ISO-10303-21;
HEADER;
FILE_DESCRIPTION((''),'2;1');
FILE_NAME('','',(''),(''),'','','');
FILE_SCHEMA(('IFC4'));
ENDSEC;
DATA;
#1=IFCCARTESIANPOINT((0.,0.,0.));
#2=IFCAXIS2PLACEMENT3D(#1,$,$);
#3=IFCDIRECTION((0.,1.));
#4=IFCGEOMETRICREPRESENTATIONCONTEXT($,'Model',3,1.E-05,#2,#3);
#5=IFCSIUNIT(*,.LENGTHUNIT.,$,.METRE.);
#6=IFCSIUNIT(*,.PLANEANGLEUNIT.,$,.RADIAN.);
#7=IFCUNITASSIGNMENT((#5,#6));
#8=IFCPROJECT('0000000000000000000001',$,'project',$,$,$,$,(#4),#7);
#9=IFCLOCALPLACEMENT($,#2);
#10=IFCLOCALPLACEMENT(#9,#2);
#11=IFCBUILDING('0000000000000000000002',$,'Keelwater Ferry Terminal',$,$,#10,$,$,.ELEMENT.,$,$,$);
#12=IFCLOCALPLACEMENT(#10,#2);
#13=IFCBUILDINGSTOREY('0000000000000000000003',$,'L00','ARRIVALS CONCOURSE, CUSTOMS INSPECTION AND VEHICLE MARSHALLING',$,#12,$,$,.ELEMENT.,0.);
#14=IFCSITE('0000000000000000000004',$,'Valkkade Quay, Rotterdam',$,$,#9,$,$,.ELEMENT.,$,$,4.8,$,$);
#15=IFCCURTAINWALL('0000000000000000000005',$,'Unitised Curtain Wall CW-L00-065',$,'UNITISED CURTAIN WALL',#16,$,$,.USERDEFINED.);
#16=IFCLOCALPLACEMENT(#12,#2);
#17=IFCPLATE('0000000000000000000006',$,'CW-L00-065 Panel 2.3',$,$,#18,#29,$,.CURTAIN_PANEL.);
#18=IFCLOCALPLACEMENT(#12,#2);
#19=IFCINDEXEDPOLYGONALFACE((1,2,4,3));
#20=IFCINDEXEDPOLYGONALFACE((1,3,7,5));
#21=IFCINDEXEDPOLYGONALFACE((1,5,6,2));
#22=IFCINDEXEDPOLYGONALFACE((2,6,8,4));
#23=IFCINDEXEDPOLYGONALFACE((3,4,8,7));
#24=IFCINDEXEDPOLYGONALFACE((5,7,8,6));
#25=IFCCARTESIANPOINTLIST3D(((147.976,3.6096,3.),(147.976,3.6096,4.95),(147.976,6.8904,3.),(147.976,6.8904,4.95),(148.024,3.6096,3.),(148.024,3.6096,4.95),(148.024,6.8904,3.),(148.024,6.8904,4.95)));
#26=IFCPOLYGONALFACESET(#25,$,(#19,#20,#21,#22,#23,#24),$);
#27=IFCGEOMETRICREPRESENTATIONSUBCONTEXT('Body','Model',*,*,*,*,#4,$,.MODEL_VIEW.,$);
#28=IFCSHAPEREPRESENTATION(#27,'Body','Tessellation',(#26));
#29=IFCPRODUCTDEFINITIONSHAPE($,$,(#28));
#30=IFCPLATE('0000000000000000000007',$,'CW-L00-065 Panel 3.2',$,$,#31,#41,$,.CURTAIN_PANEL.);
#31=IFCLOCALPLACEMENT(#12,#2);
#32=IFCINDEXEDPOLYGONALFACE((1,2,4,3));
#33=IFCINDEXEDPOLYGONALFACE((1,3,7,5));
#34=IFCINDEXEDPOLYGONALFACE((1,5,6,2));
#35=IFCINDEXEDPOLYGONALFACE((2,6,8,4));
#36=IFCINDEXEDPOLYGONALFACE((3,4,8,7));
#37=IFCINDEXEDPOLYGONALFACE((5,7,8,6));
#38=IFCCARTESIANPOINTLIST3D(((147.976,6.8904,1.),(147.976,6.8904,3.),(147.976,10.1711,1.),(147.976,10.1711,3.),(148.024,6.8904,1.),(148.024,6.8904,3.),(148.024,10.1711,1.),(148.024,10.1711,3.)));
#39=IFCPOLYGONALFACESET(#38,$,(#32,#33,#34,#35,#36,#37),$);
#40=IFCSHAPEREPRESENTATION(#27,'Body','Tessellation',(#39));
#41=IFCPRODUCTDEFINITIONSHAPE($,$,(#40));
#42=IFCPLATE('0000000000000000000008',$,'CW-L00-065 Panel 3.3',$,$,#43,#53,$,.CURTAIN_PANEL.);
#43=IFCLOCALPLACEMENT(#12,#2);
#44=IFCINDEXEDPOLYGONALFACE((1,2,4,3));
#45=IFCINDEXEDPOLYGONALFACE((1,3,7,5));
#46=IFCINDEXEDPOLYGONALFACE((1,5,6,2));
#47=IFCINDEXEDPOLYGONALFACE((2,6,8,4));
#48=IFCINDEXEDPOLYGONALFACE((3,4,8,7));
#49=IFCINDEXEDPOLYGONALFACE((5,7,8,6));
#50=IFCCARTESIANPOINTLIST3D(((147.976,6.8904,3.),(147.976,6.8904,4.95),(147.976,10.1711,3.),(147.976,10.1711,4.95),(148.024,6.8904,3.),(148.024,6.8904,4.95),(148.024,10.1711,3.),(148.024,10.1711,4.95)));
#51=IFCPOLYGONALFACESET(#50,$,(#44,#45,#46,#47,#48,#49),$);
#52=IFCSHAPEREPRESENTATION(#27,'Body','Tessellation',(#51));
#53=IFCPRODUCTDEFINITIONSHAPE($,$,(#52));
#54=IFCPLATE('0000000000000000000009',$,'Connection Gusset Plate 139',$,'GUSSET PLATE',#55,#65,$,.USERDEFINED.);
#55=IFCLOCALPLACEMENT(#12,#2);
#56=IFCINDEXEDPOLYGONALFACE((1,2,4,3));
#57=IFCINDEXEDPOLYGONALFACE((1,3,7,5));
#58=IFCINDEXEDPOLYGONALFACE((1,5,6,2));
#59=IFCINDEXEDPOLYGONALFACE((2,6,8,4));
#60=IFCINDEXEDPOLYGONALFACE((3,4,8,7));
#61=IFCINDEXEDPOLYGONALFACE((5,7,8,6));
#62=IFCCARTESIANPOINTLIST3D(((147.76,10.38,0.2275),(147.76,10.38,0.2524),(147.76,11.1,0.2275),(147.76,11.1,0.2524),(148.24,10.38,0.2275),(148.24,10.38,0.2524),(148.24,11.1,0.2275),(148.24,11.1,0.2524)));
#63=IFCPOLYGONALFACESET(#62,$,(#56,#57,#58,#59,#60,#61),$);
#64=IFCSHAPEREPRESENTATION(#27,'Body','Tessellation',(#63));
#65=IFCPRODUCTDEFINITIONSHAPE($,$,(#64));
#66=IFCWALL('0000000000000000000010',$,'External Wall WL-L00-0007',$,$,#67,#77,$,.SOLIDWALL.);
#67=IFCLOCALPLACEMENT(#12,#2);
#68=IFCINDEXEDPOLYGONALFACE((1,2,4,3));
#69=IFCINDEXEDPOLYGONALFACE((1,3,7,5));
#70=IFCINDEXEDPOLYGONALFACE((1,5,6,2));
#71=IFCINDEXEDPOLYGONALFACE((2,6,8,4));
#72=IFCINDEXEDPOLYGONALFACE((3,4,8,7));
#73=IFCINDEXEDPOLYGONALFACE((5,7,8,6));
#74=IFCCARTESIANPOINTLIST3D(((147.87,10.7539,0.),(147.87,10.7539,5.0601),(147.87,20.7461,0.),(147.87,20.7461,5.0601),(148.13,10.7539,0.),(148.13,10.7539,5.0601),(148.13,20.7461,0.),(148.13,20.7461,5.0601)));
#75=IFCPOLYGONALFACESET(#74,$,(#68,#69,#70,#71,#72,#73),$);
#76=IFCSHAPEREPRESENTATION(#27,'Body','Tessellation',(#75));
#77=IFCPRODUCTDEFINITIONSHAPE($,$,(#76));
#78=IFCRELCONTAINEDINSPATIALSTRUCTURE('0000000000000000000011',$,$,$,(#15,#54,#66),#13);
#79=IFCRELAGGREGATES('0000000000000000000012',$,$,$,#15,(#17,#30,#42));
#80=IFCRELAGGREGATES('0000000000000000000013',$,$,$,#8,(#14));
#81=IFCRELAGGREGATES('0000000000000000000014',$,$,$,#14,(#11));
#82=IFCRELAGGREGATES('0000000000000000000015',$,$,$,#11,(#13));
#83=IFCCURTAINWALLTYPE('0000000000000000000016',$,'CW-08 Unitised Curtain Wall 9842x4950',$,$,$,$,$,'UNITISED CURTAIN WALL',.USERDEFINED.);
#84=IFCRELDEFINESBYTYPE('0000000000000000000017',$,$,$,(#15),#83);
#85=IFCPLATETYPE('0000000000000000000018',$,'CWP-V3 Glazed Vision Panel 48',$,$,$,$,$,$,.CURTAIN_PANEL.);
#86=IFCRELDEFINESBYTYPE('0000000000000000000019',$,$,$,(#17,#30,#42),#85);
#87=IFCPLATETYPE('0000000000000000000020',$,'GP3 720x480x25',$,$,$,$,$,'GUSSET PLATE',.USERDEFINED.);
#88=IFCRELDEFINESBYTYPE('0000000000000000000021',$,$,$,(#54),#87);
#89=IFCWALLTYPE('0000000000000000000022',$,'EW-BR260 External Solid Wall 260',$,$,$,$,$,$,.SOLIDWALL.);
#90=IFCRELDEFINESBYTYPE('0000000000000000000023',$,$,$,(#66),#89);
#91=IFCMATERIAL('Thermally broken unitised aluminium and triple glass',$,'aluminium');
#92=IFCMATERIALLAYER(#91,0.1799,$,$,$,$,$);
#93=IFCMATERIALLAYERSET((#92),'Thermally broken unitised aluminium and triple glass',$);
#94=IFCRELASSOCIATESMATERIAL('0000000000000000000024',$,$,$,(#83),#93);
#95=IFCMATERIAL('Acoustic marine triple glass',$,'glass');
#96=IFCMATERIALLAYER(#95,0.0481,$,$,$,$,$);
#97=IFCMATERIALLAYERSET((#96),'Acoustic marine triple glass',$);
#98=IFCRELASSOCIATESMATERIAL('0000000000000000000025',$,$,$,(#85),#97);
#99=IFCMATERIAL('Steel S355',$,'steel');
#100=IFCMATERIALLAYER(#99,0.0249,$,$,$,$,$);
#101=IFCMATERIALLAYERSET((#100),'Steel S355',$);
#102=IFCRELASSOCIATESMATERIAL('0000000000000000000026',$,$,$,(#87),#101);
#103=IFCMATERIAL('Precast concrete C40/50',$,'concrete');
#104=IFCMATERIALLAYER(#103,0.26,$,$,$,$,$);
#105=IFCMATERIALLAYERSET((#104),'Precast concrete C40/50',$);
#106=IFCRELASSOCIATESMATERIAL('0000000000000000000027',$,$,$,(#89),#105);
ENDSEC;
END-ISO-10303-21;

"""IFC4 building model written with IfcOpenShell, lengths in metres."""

from ifc_helpers import new_model, si_unit, direction, frame, frame_2d, origin, origin_2d, place, context, subcontext, project, spatial, rectangle, extrude, material, layer, layer_set, type_object, element, aggregate, save


model = new_model("IFC4")

# Units and contexts
model_context = context("Model", 3, precision=1e-05, world=origin(), true_north=direction((0.0, 1.0)))
body_context = subcontext(model_context, "Body", "Model", "MODEL_VIEW")
ifc_project = project(units=[si_unit("LENGTHUNIT", "METRE"), si_unit("PLANEANGLEUNIT", "RADIAN")], contexts=[model_context])

# Site, building, storey
site_placement = place(None, origin())
site = spatial("IfcSite", under=ifc_project, at=site_placement, Name="Valkkade Quay, Rotterdam", CompositionType="ELEMENT", RefElevation=4.8)
building_placement = place(site_placement, origin())
building = spatial("IfcBuilding", under=site, at=building_placement, Name="Keelwater Ferry Terminal", CompositionType="ELEMENT")
storey_placement = place(building_placement, origin())
storey = spatial("IfcBuildingStorey", under=building, at=storey_placement, Name="L00", Description="ARRIVALS CONCOURSE, CUSTOMS INSPECTION AND VEHICLE MARSHALLING", CompositionType="ELEMENT", Elevation=0.0)

# Curtain wall
ifc_material_1 = material(Name="Thermally broken unitised aluminium and triple glass", Category="aluminium")
ifc_layer_1 = layer(ifc_material_1, 0.1799)
ifc_layer_set_1 = layer_set([ifc_layer_1], Name="Thermally broken unitised aluminium and triple glass")
curtain_wall_type = type_object("IfcCurtainWallType", Name="CW-08 Unitised Curtain Wall 9842x4950", ElementType="UNITISED CURTAIN WALL", PredefinedType="USERDEFINED", material=ifc_layer_set_1)
curtain_wall_placement = place(storey_placement, origin())
curtain_wall = element("IfcCurtainWall", 1, at=curtain_wall_placement, inside=storey, type_object=curtain_wall_type, Name="Unitised Curtain Wall CW-L00-065", ObjectType="UNITISED CURTAIN WALL", PredefinedType="USERDEFINED")

# Plates
ifc_material_2 = material(Name="Acoustic marine triple glass", Category="glass")
ifc_layer_2 = layer(ifc_material_2, 0.0481)
ifc_layer_set_2 = layer_set([ifc_layer_2], Name="Acoustic marine triple glass")
plate_type_1 = type_object("IfcPlateType", Name="CWP-V3 Glazed Vision Panel 48", PredefinedType="CURTAIN_PANEL", material=ifc_layer_set_2)
plate_1_placement = place(storey_placement, frame((148.0, 5.25, 3.0), z_axis=(0.0, 0.0, 1.0), x_axis=(0.0, 1.0, 0.0)))
plate_1 = element("IfcPlate", 2, at=plate_1_placement, type_object=plate_type_1, Name="CW-L00-065 Panel 2.3", PredefinedType="CURTAIN_PANEL", context=body_context, shape_type="SweptSolid", body=[
    extrude(rectangle(XDim=3.2808, YDim=0.0481, at=origin_2d()), origin(), (0.0, 0.0, 1.0), 1.95),
])
plate_2_placement = place(storey_placement, frame((148.0, 8.5308, 1.0), z_axis=(0.0, 0.0, 1.0), x_axis=(0.0, 1.0, 0.0)))
plate_2 = element("IfcPlate", 3, at=plate_2_placement, type_object=plate_type_1, Name="CW-L00-065 Panel 3.2", PredefinedType="CURTAIN_PANEL", context=body_context, shape_type="SweptSolid", body=[
    extrude(rectangle(XDim=3.2808, YDim=0.0481, at=origin_2d()), origin(), (0.0, 0.0, 1.0), 2.0),
])
plate_3_placement = place(storey_placement, frame((148.0, 8.5308, 3.0), z_axis=(0.0, 0.0, 1.0), x_axis=(0.0, 1.0, 0.0)))
plate_3 = element("IfcPlate", 4, at=plate_3_placement, type_object=plate_type_1, Name="CW-L00-065 Panel 3.3", PredefinedType="CURTAIN_PANEL", context=body_context, shape_type="SweptSolid", body=[
    extrude(rectangle(XDim=3.2808, YDim=0.0481, at=origin_2d()), origin(), (0.0, 0.0, 1.0), 1.95),
])
aggregate(curtain_wall, [plate_1, plate_2, plate_3])
ifc_material_3 = material(Name="Steel S355", Category="steel")
ifc_layer_3 = layer(ifc_material_3, 0.0249)
ifc_layer_set_3 = layer_set([ifc_layer_3], Name="Steel S355")
plate_type_2 = type_object("IfcPlateType", Name="GP3 720x480x25", ElementType="GUSSET PLATE", PredefinedType="USERDEFINED", material=ifc_layer_set_3)
plate_4_placement = place(storey_placement, frame((148.0, 10.74, 0.2275), z_axis=(0.0, 0.0, 1.0), x_axis=(0.0, 1.0, 0.0)))
element("IfcPlate", 5, at=plate_4_placement, inside=storey, type_object=plate_type_2, Name="Connection Gusset Plate 139", ObjectType="GUSSET PLATE", PredefinedType="USERDEFINED", context=body_context, shape_type="SweptSolid", body=[
    extrude(rectangle(XDim=0.72, YDim=0.48, at=origin_2d()), origin(), (0.0, 0.0, 1.0), 0.0249),
])

# Wall
ifc_material_4 = material(Name="Precast concrete C40/50", Category="concrete")
ifc_layer_4 = layer(ifc_material_4, 0.26)
ifc_layer_set_4 = layer_set([ifc_layer_4], Name="Precast concrete C40/50")
wall_type = type_object("IfcWallType", Name="EW-BR260 External Solid Wall 260", PredefinedType="SOLIDWALL", material=ifc_layer_set_4)
wall_placement = place(storey_placement, frame((148.0, 10.7539, 0.0), z_axis=(0.0, 0.0, 1.0), x_axis=(0.0, 1.0, 0.0)))
element("IfcWall", 6, at=wall_placement, inside=storey, type_object=wall_type, Name="External Wall WL-L00-0007", PredefinedType="SOLIDWALL", context=body_context, shape_type="SweptSolid", body=[
    extrude(rectangle(XDim=9.9922, YDim=0.26, at=frame_2d((4.9961, 0.0))), origin(), (0.0, 0.0, 1.0), 5.0601),
])

save(model, "model.ifc")
